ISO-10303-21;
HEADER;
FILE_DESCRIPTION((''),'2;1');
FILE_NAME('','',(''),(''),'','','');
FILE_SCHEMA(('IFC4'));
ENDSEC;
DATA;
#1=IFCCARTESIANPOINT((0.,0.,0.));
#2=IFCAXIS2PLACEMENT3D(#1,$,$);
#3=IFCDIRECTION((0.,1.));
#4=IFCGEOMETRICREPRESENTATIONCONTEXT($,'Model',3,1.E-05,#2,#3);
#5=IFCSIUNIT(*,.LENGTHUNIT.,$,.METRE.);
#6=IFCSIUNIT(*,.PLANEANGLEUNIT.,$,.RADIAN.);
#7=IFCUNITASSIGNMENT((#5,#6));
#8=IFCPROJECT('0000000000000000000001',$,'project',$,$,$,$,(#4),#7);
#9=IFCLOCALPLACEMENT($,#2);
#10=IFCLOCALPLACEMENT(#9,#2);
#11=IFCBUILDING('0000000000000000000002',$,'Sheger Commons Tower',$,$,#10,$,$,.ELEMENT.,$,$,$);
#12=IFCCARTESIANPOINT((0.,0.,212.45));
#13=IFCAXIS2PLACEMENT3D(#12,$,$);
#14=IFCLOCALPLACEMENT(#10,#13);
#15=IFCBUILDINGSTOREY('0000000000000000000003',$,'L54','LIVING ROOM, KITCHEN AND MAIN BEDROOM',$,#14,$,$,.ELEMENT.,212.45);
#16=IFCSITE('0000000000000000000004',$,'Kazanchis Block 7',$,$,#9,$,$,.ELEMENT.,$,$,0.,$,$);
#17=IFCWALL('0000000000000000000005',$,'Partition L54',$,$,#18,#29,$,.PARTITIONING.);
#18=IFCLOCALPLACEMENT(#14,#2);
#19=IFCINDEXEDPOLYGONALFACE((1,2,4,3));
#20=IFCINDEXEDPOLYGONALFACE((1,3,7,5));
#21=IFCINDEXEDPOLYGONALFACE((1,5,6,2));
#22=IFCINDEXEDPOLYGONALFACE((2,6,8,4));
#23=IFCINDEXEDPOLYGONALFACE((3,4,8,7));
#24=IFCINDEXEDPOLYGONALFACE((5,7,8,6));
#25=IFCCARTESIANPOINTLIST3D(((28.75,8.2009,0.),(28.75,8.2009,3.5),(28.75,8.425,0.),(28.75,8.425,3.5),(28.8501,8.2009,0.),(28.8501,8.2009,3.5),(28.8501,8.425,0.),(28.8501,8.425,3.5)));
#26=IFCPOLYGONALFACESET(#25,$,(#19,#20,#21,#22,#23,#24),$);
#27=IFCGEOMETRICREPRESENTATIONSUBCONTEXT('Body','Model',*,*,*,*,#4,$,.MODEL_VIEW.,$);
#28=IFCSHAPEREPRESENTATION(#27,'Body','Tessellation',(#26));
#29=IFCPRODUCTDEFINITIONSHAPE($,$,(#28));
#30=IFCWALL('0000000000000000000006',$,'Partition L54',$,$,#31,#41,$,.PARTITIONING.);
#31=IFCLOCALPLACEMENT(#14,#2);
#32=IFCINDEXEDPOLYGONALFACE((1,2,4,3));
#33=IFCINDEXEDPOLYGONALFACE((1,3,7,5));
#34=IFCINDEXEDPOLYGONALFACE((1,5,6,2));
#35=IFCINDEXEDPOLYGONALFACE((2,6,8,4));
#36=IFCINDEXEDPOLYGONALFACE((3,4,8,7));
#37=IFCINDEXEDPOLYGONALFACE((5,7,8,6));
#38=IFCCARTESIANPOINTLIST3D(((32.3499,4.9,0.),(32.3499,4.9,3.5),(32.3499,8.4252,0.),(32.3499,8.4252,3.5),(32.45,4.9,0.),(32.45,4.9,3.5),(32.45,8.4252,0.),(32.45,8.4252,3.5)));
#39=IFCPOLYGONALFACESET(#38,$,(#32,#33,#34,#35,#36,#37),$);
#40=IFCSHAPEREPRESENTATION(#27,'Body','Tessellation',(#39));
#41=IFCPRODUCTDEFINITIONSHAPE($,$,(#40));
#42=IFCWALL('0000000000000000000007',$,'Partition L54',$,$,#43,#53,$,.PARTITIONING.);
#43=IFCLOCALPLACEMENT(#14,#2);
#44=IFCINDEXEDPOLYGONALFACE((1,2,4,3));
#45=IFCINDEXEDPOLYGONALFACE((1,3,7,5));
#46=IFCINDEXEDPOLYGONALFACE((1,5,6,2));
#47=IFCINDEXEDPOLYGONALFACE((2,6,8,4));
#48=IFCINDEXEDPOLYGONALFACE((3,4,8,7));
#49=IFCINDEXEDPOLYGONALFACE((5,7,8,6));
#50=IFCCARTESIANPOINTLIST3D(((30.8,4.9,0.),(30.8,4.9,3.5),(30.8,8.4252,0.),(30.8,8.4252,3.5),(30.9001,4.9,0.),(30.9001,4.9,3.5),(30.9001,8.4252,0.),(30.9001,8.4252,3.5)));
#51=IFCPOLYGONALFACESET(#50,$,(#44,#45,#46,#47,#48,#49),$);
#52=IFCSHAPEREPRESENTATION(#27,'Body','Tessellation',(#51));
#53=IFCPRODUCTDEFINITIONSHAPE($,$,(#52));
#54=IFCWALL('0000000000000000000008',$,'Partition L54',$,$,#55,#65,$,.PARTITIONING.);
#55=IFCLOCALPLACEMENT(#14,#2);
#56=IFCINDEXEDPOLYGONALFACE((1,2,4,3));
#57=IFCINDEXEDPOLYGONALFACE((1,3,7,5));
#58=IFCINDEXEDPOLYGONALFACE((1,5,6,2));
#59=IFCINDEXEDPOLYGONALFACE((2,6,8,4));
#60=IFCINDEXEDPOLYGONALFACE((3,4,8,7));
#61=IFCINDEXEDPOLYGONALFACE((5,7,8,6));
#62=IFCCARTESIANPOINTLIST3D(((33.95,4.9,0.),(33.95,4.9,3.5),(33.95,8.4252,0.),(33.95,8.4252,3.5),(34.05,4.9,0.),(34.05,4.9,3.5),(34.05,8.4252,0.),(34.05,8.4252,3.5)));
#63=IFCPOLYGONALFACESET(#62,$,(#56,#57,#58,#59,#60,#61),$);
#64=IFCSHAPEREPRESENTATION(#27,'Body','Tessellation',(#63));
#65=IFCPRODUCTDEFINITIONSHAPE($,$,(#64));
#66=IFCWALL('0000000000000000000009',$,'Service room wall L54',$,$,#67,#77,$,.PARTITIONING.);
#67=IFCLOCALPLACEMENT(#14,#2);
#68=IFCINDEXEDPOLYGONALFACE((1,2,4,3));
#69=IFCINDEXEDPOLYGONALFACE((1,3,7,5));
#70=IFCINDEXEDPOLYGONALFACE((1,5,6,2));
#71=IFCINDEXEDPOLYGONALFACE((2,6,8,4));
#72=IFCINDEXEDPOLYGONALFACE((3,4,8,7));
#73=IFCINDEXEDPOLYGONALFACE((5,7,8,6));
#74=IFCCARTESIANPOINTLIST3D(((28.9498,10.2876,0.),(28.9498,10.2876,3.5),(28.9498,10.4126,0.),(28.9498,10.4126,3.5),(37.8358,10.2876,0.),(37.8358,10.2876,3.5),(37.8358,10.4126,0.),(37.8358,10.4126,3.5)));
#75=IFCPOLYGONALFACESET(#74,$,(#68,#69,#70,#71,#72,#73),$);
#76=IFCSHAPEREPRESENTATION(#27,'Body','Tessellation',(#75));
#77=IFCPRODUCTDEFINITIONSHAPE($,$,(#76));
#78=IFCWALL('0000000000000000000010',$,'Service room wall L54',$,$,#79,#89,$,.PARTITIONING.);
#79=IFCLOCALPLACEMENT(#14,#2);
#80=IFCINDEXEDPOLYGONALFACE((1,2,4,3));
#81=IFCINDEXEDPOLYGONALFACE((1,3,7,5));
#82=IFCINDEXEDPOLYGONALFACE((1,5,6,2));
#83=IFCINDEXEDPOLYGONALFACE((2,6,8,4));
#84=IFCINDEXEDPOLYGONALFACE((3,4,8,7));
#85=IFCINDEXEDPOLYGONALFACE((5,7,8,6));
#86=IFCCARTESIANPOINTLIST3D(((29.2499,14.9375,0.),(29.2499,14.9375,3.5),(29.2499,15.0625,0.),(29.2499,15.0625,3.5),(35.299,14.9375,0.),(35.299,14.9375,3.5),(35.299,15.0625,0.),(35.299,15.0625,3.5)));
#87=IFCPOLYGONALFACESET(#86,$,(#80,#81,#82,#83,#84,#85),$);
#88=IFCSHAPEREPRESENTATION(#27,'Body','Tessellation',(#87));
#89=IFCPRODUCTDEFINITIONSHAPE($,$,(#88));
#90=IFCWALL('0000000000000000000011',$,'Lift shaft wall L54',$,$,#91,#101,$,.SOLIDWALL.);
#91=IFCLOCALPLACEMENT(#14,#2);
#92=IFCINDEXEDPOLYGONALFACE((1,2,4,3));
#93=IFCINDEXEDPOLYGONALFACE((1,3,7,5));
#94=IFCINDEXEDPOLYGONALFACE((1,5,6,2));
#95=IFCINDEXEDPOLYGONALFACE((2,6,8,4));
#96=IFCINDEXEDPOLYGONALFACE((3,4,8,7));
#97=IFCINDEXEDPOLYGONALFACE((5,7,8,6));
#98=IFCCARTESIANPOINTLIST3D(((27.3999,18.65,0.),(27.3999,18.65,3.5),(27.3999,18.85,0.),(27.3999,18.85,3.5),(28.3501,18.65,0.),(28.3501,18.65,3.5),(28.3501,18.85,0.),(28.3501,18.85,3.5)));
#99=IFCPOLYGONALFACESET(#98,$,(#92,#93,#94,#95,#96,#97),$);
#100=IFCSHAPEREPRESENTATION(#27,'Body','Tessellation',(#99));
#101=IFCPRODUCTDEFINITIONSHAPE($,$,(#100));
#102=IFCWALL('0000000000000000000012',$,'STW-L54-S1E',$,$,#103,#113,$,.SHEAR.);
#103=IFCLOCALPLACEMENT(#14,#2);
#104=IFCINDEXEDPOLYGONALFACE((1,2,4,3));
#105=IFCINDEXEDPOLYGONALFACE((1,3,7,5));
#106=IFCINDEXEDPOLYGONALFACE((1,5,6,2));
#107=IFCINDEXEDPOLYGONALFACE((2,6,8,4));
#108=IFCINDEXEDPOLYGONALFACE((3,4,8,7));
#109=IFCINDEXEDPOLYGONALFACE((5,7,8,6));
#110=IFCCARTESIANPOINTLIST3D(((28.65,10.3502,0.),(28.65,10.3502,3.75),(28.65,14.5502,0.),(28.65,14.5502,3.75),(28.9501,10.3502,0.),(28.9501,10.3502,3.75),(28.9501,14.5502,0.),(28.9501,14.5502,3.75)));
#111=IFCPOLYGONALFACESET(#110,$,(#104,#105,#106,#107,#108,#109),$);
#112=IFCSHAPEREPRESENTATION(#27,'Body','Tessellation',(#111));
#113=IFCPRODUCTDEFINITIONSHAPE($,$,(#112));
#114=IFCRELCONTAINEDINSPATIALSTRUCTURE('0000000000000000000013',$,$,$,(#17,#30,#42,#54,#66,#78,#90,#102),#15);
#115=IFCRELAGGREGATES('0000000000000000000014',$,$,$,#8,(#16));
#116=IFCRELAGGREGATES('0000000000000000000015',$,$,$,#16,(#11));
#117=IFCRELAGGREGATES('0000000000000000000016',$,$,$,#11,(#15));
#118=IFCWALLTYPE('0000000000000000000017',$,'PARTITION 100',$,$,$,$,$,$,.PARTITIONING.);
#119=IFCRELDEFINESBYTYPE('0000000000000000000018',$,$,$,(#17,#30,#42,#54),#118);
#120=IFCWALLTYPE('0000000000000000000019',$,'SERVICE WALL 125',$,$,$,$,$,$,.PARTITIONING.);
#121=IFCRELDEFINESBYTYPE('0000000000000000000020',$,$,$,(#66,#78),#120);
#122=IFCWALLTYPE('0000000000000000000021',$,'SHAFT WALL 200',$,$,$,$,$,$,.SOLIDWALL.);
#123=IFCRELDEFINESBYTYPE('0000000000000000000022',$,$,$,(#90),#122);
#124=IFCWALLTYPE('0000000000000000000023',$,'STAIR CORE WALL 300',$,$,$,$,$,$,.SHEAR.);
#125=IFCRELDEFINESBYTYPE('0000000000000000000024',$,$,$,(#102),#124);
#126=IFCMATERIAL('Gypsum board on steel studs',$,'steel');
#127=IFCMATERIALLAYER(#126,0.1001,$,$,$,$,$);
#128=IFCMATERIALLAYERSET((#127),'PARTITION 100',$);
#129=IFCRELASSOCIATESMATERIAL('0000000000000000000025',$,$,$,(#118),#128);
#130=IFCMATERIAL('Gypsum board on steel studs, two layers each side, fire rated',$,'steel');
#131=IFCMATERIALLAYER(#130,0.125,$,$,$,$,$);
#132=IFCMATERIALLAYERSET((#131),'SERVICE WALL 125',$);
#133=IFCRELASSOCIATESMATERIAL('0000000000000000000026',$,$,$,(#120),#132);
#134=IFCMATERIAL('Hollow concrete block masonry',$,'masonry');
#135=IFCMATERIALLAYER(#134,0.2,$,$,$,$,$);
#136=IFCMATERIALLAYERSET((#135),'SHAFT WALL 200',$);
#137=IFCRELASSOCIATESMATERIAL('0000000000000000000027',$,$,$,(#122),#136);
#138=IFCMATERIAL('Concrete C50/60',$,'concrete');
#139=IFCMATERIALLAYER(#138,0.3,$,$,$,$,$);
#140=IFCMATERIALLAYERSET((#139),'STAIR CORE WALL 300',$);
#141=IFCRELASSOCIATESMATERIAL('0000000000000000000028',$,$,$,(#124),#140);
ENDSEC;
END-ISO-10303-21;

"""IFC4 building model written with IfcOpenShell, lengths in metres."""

from ifc_helpers import new_model, si_unit, direction, frame, frame_2d, origin, place, context, subcontext, project, spatial, rectangle, extrude, material, layer, layer_set, type_object, element, save


model = new_model("IFC4")

# Units and contexts
model_context = context("Model", 3, precision=1e-05, world=origin(), true_north=direction((0.0, 1.0)))
body_context = subcontext(model_context, "Body", "Model", "MODEL_VIEW")
ifc_project = project(units=[si_unit("LENGTHUNIT", "METRE"), si_unit("PLANEANGLEUNIT", "RADIAN")], contexts=[model_context])

# Site, building, storey
site_placement = place(None, origin())
site = spatial("IfcSite", under=ifc_project, at=site_placement, Name="Kazanchis Block 7", CompositionType="ELEMENT", RefElevation=0.0)
building_placement = place(site_placement, origin())
building = spatial("IfcBuilding", under=site, at=building_placement, Name="Sheger Commons Tower", CompositionType="ELEMENT")
storey_placement = place(building_placement, frame((0.0, 0.0, 212.45)))
storey = spatial("IfcBuildingStorey", under=building, at=storey_placement, Name="L54", Description="LIVING ROOM, KITCHEN AND MAIN BEDROOM", CompositionType="ELEMENT", Elevation=212.45)

# Shared definitions
ifc_material_1 = material(Name="Gypsum board on steel studs", Category="steel")
ifc_layer_1 = layer(ifc_material_1, 0.1001)
ifc_layer_set_1 = layer_set([ifc_layer_1], Name="PARTITION 100")
wall_type_1 = type_object("IfcWallType", Name="PARTITION 100", PredefinedType="PARTITIONING", material=ifc_layer_set_1)

# Walls
wall_1_placement = place(storey_placement, frame((28.8, 8.2009, 0.0), z_axis=(0.0, 0.0, 1.0), x_axis=(0.0, 1.0, 0.0)))
element("IfcWall", 1, at=wall_1_placement, inside=storey, type_object=wall_type_1, Name="Partition L54", PredefinedType="PARTITIONING", context=body_context, shape_type="SweptSolid", body=[
    extrude(rectangle(XDim=0.2241, YDim=0.1001, at=frame_2d((0.1121, 0.0))), origin(), (0.0, 0.0, 1.0), 3.5),
])
for number, where, z_axis, x_axis, name in (
    (2, (32.3999, 4.8999, 0.0), (0.0, 0.0, 1.0), (0.0, 1.0, 0.0), "Partition L54"),
    (3, (30.8501, 4.8999, 0.0), (0.0, 0.0, 1.0), (0.0, 1.0, 0.0), "Partition L54"),
    (4, (34.0, 4.8999, 0.0), (0.0, 0.0, 1.0), (0.0, 1.0, 0.0), "Partition L54"),
):
    element("IfcWall", number, at=place(storey_placement, frame(where, z_axis=z_axis, x_axis=x_axis)), inside=storey, type_object=wall_type_1, Name=name, PredefinedType="PARTITIONING", context=body_context, shape_type="SweptSolid", body=[
        extrude(rectangle(XDim=3.5251, YDim=0.1001, at=frame_2d((1.7627, 0.0))), origin(), (0.0, 0.0, 1.0), 3.5),
    ])
ifc_material_2 = material(Name="Gypsum board on steel studs, two layers each side, fire rated", Category="steel")
ifc_layer_2 = layer(ifc_material_2, 0.125)
ifc_layer_set_2 = layer_set([ifc_layer_2], Name="SERVICE WALL 125")
wall_type_2 = type_object("IfcWallType", Name="SERVICE WALL 125", PredefinedType="PARTITIONING", material=ifc_layer_set_2)
wall_2_placement = place(storey_placement, frame((28.95, 10.3501, 0.0), z_axis=(0.0, 0.0, 1.0), x_axis=(1.0, 0.0, 0.0)))
element("IfcWall", 5, at=wall_2_placement, inside=storey, type_object=wall_type_2, Name="Service room wall L54", PredefinedType="PARTITIONING", context=body_context, shape_type="SweptSolid", body=[
    extrude(rectangle(XDim=8.886, YDim=0.125, at=frame_2d((4.4429, 0.0))), origin(), (0.0, 0.0, 1.0), 3.5),
])
wall_3_placement = place(storey_placement, frame((29.25, 15.0, 0.0), z_axis=(0.0, 0.0, 1.0), x_axis=(1.0, 0.0, 0.0)))
element("IfcWall", 6, at=wall_3_placement, inside=storey, type_object=wall_type_2, Name="Service room wall L54", PredefinedType="PARTITIONING", context=body_context, shape_type="SweptSolid", body=[
    extrude(rectangle(XDim=6.0491, YDim=0.125, at=frame_2d((3.0244, 0.0))), origin(), (0.0, 0.0, 1.0), 3.5),
])
ifc_material_3 = material(Name="Hollow concrete block masonry", Category="masonry")
ifc_layer_3 = layer(ifc_material_3, 0.2)
ifc_layer_set_3 = layer_set([ifc_layer_3], Name="SHAFT WALL 200")
wall_type_3 = type_object("IfcWallType", Name="SHAFT WALL 200", PredefinedType="SOLIDWALL", material=ifc_layer_set_3)
wall_4_placement = place(storey_placement, frame((27.3999, 18.75, 0.0), z_axis=(0.0, 0.0, 1.0), x_axis=(1.0, 0.0, 0.0)))
element("IfcWall", 7, at=wall_4_placement, inside=storey, type_object=wall_type_3, Name="Lift shaft wall L54", PredefinedType="SOLIDWALL", context=body_context, shape_type="SweptSolid", body=[
    extrude(rectangle(XDim=0.9502, YDim=0.2, at=frame_2d((0.4751, 0.0))), origin(), (0.0, 0.0, 1.0), 3.5),
])
ifc_material_4 = material(Name="Concrete C50/60", Category="concrete")
ifc_layer_4 = layer(ifc_material_4, 0.3)
ifc_layer_set_4 = layer_set([ifc_layer_4], Name="STAIR CORE WALL 300")
wall_type_4 = type_object("IfcWallType", Name="STAIR CORE WALL 300", PredefinedType="SHEAR", material=ifc_layer_set_4)
wall_5_placement = place(storey_placement, frame((28.8, 10.3501, 0.0), z_axis=(0.0, 0.0, 1.0), x_axis=(0.0, 1.0, 0.0)))
element("IfcWall", 8, at=wall_5_placement, inside=storey, type_object=wall_type_4, Name="STW-L54-S1E", PredefinedType="SHEAR", context=body_context, shape_type="SweptSolid", body=[
    extrude(rectangle(XDim=4.2, YDim=0.3, at=frame_2d((2.1001, 0.0))), origin(), (0.0, 0.0, 1.0), 3.75),
])

save(model, "model.ifc")
